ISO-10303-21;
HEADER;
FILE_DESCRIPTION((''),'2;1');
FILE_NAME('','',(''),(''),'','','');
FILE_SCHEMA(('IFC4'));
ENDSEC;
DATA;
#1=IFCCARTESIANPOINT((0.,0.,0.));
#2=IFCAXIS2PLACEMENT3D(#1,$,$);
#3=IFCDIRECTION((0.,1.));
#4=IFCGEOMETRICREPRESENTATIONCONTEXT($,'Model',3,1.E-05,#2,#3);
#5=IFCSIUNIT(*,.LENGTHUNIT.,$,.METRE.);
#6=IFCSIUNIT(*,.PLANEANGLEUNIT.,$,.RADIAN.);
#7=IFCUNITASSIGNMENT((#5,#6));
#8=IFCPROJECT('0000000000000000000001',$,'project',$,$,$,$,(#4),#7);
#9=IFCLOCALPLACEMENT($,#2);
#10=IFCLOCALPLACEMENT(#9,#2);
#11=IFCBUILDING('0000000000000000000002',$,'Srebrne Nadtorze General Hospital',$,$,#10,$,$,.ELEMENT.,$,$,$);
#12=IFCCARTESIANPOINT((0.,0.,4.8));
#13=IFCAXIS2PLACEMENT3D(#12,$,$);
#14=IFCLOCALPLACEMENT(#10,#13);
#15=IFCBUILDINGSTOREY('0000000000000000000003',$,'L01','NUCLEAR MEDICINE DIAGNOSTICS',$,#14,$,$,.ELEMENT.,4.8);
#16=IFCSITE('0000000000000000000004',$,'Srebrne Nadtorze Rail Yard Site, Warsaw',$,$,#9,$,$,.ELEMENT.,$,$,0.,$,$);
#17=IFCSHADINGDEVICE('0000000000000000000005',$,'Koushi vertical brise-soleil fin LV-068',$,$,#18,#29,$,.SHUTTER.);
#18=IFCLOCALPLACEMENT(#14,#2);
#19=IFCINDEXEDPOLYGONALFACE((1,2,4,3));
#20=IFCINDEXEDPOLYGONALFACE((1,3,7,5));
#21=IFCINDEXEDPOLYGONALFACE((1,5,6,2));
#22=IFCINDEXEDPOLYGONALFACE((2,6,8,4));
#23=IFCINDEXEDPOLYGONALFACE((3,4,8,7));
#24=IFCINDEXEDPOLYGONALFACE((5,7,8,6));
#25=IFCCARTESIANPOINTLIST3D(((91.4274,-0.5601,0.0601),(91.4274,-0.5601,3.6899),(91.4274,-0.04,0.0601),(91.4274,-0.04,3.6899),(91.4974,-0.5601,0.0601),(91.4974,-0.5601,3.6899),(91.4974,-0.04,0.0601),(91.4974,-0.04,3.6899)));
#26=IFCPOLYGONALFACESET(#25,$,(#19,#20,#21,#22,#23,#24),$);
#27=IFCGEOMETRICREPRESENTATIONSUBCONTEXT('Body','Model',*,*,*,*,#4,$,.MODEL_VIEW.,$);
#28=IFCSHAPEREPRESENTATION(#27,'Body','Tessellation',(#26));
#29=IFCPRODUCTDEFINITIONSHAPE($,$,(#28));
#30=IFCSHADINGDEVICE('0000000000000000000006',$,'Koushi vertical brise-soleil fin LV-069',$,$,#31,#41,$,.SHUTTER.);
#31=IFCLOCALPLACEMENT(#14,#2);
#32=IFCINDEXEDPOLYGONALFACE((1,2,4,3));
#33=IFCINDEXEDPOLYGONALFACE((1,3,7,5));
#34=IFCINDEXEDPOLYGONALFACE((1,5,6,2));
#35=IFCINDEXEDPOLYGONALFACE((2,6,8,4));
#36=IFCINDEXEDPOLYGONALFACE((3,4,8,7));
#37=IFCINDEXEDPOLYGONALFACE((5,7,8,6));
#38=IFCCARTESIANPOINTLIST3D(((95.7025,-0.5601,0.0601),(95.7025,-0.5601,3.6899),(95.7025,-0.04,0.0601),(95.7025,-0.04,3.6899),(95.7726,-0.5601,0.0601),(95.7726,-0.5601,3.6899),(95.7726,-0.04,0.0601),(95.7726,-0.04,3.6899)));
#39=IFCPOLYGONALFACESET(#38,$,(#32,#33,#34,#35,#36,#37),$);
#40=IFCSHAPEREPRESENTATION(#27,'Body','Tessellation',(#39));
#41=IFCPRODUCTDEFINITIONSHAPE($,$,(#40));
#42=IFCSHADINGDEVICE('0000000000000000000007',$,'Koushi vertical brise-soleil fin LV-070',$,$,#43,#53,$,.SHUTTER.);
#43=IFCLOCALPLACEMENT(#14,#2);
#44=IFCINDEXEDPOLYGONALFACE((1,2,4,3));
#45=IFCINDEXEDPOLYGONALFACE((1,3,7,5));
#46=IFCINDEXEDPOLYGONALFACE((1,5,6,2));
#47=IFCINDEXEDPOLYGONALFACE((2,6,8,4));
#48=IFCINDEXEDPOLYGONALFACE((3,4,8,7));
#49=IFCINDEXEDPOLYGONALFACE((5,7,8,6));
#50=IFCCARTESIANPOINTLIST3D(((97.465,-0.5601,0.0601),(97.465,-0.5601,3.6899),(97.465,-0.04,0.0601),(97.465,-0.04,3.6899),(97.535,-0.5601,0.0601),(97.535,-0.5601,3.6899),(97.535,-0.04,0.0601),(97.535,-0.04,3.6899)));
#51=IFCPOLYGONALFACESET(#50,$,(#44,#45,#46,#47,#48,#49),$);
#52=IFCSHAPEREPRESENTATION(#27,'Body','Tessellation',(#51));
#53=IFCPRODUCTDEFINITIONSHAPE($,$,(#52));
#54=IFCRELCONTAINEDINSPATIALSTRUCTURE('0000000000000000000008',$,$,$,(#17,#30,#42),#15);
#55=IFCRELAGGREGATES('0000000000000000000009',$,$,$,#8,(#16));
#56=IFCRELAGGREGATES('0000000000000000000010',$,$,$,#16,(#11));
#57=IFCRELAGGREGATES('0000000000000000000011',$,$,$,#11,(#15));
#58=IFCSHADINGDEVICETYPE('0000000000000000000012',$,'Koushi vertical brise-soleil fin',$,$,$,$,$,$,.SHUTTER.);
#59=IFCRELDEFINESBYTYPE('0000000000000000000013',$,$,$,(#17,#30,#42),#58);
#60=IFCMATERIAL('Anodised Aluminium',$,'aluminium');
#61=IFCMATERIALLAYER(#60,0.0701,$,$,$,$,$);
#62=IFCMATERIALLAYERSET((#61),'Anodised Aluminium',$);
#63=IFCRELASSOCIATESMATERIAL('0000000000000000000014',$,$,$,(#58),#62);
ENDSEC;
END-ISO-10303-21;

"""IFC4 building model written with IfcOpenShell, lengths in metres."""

from ifc_helpers import new_model, si_unit, direction, frame, origin, origin_2d, place, context, subcontext, project, spatial, rectangle, extrude, material, layer, layer_set, type_object, element, save


model = new_model("IFC4")

# Units and contexts
model_context = context("Model", 3, precision=1e-05, world=origin(), true_north=direction((0.0, 1.0)))
body_context = subcontext(model_context, "Body", "Model", "MODEL_VIEW")
ifc_project = project(units=[si_unit("LENGTHUNIT", "METRE"), si_unit("PLANEANGLEUNIT", "RADIAN")], contexts=[model_context])

# Site, building, storey
site_placement = place(None, origin())
site = spatial("IfcSite", under=ifc_project, at=site_placement, Name="Srebrne Nadtorze Rail Yard Site, Warsaw", CompositionType="ELEMENT", RefElevation=0.0)
building_placement = place(site_placement, origin())
building = spatial("IfcBuilding", under=site, at=building_placement, Name="Srebrne Nadtorze General Hospital", CompositionType="ELEMENT")
storey_placement = place(building_placement, frame((0.0, 0.0, 4.8)))
storey = spatial("IfcBuildingStorey", under=building, at=storey_placement, Name="L01", Description="NUCLEAR MEDICINE DIAGNOSTICS", CompositionType="ELEMENT", Elevation=4.8)

# Shading devices
ifc_material_1 = material(Name="Anodised Aluminium", Category="aluminium")
ifc_layer_1 = layer(ifc_material_1, 0.0701)
ifc_layer_set_1 = layer_set([ifc_layer_1], Name="Anodised Aluminium")
shading_device_type = type_object("IfcShadingDeviceType", Name="Koushi vertical brise-soleil fin", PredefinedType="SHUTTER", material=ifc_layer_set_1)
for number, where, z_axis, x_axis, name in (
    (1, (91.4624, -0.3, 0.0601), (0.0, 0.0, 1.0), (1.0, 0.0, 0.0), "Koushi vertical brise-soleil fin LV-068"),
    (2, (95.7375, -0.3, 0.0601), (0.0, 0.0, 1.0), (1.0, 0.0, 0.0), "Koushi vertical brise-soleil fin LV-069"),
    (3, (97.5, -0.3, 0.0601), (0.0, 0.0, 1.0), (1.0, 0.0, 0.0), "Koushi vertical brise-soleil fin LV-070"),
):
    element("IfcShadingDevice", number, at=place(storey_placement, frame(where, z_axis=z_axis, x_axis=x_axis)), inside=storey, type_object=shading_device_type, Name=name, PredefinedType="SHUTTER", context=body_context, shape_type="SweptSolid", body=[
        extrude(rectangle(XDim=0.0701, YDim=0.52, at=origin_2d()), origin(), (0.0, 0.0, 1.0), 3.6299),
    ])

save(model, "model.ifc")
